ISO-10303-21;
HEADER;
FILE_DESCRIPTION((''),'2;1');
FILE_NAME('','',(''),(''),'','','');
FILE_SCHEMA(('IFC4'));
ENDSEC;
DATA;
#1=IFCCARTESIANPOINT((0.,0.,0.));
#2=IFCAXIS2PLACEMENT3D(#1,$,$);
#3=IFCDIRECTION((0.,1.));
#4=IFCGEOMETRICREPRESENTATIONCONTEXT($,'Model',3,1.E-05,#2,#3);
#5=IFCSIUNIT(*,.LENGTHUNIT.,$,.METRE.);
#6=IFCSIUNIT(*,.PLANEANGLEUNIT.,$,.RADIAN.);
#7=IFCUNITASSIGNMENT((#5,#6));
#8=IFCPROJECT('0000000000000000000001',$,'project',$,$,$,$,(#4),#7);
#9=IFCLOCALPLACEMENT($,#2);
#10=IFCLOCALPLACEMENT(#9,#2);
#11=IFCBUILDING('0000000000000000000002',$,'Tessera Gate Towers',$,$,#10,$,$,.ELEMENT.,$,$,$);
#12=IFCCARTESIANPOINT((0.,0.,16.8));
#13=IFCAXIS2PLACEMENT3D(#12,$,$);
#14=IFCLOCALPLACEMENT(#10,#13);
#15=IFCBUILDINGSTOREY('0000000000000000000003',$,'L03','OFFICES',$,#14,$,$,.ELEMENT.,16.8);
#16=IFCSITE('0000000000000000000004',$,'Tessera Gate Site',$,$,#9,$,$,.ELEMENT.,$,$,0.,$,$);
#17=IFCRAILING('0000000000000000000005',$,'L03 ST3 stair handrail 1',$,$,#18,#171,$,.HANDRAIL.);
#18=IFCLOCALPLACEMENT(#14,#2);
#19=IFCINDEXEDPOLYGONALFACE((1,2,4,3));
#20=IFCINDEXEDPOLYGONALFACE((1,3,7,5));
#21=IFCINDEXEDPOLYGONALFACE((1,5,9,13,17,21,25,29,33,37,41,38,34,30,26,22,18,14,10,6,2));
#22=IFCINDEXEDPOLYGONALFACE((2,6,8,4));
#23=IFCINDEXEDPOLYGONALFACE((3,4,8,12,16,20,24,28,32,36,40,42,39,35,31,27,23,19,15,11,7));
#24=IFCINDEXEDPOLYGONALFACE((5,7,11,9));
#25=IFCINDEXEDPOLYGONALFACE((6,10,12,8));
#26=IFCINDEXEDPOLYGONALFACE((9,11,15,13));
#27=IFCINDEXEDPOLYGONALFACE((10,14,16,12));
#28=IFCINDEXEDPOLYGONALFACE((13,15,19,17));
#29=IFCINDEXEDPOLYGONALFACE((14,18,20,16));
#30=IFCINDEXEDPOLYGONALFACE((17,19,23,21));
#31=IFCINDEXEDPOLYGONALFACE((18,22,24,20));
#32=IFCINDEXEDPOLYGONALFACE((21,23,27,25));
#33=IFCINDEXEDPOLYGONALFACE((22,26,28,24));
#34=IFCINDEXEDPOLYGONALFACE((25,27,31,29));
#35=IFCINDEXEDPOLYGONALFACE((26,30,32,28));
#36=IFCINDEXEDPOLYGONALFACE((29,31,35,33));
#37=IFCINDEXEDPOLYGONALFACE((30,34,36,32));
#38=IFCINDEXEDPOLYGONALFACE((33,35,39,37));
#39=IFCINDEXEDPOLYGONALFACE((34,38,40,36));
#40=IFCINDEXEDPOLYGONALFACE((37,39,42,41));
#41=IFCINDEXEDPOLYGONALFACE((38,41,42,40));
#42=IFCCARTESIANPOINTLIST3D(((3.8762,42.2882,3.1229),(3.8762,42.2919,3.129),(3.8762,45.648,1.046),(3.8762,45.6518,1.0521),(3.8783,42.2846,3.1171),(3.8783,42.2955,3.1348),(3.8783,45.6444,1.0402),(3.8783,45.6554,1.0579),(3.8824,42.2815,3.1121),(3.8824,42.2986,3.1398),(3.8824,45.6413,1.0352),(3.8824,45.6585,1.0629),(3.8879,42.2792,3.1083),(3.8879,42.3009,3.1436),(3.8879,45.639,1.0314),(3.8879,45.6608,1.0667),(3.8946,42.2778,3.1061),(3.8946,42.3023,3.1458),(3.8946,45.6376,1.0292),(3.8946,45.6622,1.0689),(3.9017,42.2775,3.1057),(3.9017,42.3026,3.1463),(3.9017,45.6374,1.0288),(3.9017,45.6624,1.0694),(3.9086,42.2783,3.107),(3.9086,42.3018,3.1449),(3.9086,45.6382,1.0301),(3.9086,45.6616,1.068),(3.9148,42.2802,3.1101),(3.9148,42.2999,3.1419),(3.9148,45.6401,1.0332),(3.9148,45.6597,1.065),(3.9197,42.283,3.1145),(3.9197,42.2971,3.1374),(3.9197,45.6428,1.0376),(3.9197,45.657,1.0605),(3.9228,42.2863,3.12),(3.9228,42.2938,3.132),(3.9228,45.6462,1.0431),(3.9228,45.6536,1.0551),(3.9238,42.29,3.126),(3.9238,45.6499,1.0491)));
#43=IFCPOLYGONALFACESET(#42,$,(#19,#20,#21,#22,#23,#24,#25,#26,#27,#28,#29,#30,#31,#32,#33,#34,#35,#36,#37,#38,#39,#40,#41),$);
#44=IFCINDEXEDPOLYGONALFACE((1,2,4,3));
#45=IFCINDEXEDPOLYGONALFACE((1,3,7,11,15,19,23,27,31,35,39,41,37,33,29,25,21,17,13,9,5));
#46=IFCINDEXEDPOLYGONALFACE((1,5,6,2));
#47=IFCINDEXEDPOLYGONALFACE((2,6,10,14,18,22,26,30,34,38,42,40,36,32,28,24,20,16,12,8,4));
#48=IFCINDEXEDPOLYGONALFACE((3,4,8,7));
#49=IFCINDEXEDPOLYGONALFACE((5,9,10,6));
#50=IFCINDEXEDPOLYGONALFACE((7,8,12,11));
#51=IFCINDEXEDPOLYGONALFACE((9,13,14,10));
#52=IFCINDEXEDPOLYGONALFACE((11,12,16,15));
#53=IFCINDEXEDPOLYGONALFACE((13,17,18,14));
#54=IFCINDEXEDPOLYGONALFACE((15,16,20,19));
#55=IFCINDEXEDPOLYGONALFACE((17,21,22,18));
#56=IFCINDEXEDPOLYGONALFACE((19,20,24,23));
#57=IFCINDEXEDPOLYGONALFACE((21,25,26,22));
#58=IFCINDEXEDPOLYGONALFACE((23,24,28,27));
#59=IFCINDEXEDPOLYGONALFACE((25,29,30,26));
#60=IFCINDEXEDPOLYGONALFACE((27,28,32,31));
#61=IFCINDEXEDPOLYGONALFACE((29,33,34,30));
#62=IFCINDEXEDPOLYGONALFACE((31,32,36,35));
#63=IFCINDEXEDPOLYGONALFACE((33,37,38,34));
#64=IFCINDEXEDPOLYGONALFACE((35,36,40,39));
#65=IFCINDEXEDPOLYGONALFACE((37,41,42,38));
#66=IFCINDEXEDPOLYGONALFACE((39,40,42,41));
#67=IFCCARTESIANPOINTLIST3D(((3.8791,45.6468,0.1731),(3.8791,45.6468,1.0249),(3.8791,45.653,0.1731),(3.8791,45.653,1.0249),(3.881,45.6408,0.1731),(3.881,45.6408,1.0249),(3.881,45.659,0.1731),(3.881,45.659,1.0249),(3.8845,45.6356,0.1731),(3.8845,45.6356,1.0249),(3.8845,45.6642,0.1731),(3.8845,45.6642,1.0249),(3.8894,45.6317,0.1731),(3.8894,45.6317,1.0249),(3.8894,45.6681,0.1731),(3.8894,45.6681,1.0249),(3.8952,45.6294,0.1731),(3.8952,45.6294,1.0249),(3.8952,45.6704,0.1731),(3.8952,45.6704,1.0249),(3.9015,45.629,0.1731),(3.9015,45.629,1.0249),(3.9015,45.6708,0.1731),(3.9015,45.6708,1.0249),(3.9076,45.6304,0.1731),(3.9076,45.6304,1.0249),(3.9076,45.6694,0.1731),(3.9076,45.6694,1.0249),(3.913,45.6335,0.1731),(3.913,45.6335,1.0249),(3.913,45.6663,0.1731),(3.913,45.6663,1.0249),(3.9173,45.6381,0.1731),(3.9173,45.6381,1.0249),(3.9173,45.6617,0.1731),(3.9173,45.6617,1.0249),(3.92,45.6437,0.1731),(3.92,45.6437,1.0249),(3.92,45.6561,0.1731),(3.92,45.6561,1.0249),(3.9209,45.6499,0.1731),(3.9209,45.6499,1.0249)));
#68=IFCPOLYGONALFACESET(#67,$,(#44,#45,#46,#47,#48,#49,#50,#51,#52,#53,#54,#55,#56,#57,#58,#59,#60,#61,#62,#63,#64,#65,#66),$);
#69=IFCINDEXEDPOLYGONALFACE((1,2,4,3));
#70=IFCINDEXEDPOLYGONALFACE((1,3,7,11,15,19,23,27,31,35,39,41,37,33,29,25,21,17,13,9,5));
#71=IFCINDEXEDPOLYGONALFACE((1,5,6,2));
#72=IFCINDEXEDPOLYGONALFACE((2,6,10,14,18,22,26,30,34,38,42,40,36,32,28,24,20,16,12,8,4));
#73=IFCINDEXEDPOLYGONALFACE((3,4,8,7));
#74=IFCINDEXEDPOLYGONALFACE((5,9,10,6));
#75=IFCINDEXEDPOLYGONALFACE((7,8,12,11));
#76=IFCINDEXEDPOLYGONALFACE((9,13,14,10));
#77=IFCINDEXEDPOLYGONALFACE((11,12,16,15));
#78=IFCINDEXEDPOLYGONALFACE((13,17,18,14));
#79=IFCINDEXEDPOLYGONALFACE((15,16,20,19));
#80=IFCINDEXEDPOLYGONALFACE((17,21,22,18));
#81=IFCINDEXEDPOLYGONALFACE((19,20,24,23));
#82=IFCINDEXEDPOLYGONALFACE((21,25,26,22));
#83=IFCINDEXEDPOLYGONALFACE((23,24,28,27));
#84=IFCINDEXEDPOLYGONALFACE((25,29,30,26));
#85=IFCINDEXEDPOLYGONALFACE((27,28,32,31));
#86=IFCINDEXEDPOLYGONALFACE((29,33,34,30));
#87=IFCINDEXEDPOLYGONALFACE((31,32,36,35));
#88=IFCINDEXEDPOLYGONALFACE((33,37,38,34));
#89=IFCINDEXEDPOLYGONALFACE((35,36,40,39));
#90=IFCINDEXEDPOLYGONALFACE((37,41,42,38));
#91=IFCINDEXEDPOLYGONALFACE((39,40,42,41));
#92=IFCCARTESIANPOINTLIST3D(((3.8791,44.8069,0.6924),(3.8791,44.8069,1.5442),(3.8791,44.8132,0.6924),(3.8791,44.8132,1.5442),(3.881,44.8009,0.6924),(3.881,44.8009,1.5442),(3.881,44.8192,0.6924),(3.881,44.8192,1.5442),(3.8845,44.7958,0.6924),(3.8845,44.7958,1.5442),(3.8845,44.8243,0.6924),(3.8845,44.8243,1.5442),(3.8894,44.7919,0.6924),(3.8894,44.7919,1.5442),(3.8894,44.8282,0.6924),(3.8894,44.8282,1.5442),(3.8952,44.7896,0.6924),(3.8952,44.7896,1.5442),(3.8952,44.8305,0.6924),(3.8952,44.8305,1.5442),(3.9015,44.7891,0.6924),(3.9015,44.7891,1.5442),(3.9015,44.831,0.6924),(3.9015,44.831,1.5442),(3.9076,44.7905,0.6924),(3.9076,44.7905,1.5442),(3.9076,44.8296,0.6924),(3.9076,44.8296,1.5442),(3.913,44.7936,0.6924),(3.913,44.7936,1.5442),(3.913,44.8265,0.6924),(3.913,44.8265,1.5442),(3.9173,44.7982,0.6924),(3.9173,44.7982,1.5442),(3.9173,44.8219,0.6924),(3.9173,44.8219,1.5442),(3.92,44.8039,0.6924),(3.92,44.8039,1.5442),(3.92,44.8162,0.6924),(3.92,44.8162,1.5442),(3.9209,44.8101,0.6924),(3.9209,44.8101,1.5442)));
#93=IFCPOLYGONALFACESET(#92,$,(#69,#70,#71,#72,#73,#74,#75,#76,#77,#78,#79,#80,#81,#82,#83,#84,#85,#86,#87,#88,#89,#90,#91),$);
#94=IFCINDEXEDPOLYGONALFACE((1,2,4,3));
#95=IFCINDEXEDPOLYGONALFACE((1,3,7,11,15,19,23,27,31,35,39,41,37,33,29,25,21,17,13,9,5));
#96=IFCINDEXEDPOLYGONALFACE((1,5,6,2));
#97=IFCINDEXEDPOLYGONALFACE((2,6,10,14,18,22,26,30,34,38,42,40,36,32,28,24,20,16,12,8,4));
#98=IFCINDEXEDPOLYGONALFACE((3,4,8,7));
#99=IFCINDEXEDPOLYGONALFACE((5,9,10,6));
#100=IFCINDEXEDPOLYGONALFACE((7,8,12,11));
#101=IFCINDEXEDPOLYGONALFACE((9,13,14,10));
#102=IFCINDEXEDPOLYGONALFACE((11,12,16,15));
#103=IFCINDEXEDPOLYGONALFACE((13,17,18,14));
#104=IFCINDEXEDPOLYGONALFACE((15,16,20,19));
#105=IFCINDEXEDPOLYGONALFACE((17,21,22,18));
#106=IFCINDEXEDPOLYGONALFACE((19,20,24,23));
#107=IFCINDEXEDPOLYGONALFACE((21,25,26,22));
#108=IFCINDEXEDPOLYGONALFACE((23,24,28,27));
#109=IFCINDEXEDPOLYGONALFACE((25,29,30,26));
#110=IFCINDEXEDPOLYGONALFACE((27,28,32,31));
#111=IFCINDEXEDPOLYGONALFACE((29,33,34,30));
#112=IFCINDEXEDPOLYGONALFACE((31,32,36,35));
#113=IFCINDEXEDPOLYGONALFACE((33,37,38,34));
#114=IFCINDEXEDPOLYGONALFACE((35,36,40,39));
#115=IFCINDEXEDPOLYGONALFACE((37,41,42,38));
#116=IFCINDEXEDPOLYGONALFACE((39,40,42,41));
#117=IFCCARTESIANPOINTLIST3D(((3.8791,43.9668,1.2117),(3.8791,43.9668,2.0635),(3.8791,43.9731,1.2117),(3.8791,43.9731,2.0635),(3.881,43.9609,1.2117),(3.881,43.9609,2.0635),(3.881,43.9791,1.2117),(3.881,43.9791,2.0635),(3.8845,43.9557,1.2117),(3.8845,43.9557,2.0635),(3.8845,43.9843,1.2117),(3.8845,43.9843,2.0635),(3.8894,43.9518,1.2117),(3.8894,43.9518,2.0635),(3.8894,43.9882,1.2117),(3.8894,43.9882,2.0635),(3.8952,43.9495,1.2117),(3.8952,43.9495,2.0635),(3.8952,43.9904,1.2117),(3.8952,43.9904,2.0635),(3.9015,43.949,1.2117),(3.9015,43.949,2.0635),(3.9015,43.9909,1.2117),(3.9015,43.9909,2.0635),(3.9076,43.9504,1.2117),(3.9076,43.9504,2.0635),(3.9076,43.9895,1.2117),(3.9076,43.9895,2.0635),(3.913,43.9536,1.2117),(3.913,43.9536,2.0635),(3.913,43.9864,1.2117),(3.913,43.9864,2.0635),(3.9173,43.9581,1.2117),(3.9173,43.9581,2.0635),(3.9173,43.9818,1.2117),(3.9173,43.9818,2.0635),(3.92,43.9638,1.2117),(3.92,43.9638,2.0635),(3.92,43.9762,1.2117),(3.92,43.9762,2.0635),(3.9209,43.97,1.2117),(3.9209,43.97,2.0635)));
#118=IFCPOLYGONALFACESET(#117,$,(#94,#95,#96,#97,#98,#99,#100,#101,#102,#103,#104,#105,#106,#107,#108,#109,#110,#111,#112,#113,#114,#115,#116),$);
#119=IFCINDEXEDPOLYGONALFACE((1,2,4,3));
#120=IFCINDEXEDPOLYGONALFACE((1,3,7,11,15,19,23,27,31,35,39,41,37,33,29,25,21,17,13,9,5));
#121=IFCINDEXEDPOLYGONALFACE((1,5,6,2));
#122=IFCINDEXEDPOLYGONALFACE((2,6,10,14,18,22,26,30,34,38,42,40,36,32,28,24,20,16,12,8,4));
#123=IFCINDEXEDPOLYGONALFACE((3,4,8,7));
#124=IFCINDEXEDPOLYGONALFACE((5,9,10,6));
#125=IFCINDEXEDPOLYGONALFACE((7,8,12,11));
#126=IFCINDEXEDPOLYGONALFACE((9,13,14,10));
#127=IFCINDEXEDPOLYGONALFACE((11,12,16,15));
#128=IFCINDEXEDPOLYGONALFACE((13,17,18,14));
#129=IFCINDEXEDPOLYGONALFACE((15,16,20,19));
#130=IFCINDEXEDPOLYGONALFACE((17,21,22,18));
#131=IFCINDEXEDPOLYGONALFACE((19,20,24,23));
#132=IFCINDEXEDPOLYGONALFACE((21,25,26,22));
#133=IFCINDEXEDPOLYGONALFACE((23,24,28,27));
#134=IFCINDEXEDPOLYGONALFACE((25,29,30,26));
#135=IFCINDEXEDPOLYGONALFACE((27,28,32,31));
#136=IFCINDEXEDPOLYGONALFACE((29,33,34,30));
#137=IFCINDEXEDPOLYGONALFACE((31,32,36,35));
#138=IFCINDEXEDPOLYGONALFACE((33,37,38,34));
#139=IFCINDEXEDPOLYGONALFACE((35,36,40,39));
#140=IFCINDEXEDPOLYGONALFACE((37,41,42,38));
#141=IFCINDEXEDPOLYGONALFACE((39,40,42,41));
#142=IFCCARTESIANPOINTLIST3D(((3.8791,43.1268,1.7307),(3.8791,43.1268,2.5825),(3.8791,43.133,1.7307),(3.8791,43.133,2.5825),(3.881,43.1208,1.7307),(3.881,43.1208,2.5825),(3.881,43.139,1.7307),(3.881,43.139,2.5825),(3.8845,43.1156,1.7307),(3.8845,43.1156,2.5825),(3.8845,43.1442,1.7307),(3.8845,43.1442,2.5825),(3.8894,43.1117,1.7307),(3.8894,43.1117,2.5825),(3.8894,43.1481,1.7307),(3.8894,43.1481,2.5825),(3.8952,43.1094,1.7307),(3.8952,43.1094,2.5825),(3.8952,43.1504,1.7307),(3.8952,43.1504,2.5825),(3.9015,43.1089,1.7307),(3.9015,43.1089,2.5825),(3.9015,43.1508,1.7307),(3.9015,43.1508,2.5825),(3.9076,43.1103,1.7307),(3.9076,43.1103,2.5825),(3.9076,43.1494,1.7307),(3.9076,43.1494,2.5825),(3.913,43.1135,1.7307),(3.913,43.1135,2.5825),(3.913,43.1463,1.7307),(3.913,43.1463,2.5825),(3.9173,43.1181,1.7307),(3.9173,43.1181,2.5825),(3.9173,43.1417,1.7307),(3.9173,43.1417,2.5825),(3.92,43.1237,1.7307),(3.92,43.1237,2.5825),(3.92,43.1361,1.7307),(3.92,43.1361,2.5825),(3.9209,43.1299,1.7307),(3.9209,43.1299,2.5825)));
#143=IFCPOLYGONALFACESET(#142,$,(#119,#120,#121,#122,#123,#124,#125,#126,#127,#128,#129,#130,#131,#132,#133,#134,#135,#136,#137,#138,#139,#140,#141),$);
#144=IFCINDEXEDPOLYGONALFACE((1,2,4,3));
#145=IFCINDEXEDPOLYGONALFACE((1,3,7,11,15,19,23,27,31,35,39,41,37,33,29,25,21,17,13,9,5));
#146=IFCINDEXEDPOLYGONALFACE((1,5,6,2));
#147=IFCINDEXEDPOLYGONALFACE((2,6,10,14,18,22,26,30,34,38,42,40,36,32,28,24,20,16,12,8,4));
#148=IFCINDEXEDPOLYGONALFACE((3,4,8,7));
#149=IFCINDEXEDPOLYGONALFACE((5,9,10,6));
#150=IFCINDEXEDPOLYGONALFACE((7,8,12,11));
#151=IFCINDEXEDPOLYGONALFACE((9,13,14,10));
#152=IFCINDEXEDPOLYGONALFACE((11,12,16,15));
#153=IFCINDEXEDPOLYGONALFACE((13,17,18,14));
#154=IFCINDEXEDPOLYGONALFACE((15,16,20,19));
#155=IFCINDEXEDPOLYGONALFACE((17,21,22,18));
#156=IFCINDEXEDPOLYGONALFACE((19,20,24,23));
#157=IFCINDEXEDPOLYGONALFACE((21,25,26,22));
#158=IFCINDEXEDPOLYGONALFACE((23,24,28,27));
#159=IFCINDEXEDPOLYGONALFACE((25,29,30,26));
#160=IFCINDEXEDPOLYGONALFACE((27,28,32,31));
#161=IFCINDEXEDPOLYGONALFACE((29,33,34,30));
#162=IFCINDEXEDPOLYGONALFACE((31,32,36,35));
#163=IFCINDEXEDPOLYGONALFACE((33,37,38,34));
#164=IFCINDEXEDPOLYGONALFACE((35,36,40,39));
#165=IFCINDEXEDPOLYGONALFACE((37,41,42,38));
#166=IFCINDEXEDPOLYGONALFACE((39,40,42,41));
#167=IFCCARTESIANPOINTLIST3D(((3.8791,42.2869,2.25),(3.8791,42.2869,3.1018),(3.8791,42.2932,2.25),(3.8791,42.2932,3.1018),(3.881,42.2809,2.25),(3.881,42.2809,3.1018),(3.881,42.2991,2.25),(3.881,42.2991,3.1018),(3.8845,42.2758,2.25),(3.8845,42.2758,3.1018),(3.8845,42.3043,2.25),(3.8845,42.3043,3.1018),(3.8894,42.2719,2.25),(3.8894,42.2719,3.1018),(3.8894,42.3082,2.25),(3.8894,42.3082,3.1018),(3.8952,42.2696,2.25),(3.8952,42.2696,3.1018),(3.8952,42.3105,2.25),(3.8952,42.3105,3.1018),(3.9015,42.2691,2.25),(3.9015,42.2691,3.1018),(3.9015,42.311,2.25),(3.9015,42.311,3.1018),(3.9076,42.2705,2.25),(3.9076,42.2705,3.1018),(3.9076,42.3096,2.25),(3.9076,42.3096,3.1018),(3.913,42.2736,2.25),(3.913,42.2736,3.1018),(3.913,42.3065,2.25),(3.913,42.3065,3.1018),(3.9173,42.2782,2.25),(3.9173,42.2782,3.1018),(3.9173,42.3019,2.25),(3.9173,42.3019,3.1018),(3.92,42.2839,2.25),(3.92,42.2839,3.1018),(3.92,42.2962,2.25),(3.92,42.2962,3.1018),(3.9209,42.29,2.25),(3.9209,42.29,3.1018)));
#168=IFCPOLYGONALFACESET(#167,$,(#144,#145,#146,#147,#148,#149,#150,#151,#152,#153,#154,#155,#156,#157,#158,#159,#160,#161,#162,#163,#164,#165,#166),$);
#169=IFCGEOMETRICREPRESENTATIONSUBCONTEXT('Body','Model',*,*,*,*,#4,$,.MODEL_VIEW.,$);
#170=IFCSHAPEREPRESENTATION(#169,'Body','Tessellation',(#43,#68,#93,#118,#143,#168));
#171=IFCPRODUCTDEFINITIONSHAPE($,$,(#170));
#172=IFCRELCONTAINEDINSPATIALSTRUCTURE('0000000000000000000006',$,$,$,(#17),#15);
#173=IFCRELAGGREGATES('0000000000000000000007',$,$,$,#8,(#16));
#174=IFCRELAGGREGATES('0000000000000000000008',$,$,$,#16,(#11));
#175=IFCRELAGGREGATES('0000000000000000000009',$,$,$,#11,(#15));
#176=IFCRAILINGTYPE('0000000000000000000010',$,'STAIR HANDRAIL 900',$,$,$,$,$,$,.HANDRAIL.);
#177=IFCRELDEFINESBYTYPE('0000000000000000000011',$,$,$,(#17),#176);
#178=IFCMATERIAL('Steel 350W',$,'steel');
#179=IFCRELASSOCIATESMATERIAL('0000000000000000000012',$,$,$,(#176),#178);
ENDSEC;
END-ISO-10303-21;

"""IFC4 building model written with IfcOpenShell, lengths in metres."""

from ifc_helpers import new_model, si_unit, direction, frame, origin, origin_2d, place, context, subcontext, project, spatial, circle, extrude, material, type_object, element, save


model = new_model("IFC4")

# Units and contexts
model_context = context("Model", 3, precision=1e-05, world=origin(), true_north=direction((0.0, 1.0)))
body_context = subcontext(model_context, "Body", "Model", "MODEL_VIEW")
ifc_project = project(units=[si_unit("LENGTHUNIT", "METRE"), si_unit("PLANEANGLEUNIT", "RADIAN")], contexts=[model_context])

# Site, building, storey
site_placement = place(None, origin())
site = spatial("IfcSite", under=ifc_project, at=site_placement, Name="Tessera Gate Site", CompositionType="ELEMENT", RefElevation=0.0)
building_placement = place(site_placement, origin())
building = spatial("IfcBuilding", under=site, at=building_placement, Name="Tessera Gate Towers", CompositionType="ELEMENT")
storey_placement = place(building_placement, frame((0.0, 0.0, 16.8)))
storey = spatial("IfcBuildingStorey", under=building, at=storey_placement, Name="L03", Description="OFFICES", CompositionType="ELEMENT", Elevation=16.8)

# Railing
ifc_material_1 = material(Name="Steel 350W", Category="steel")
railing_type = type_object("IfcRailingType", Name="STAIR HANDRAIL 900", PredefinedType="HANDRAIL", material=ifc_material_1)
railing_1_placement = place(storey_placement, frame((3.8999, 45.6499, 0.1731)))
element("IfcRailing", 1, at=railing_1_placement, inside=storey, type_object=railing_type, Name="L03 ST3 stair handrail 1", PredefinedType="HANDRAIL", context=body_context, shape_type="SweptSolid", body=[
    extrude(circle(Radius=0.0239, at=origin_2d()), frame((0.0, 0.0, 0.876), z_axis=(0.0, -0.850606, 0.525803), x_axis=(1.0, 0.0, 0.0)), (0.0, 0.0, 1.0), 3.95),
    extrude(circle(Radius=0.021, at=origin_2d()), origin(), (0.0, 0.0, 1.0), 0.8518),
    extrude(circle(Radius=0.021, at=origin_2d()), frame((0.0, -0.8398, 0.5193)), (0.0, 0.0, 1.0), 0.8518),
    extrude(circle(Radius=0.021, at=origin_2d()), frame((0.0, -1.6799, 1.0386)), (0.0, 0.0, 1.0), 0.8518),
    extrude(circle(Radius=0.021, at=origin_2d()), frame((0.0, -2.52, 1.5576)), (0.0, 0.0, 1.0), 0.8518),
    extrude(circle(Radius=0.021, at=origin_2d()), frame((0.0, -3.3599, 2.0769)), (0.0, 0.0, 1.0), 0.8518),
])

save(model, "model.ifc")
